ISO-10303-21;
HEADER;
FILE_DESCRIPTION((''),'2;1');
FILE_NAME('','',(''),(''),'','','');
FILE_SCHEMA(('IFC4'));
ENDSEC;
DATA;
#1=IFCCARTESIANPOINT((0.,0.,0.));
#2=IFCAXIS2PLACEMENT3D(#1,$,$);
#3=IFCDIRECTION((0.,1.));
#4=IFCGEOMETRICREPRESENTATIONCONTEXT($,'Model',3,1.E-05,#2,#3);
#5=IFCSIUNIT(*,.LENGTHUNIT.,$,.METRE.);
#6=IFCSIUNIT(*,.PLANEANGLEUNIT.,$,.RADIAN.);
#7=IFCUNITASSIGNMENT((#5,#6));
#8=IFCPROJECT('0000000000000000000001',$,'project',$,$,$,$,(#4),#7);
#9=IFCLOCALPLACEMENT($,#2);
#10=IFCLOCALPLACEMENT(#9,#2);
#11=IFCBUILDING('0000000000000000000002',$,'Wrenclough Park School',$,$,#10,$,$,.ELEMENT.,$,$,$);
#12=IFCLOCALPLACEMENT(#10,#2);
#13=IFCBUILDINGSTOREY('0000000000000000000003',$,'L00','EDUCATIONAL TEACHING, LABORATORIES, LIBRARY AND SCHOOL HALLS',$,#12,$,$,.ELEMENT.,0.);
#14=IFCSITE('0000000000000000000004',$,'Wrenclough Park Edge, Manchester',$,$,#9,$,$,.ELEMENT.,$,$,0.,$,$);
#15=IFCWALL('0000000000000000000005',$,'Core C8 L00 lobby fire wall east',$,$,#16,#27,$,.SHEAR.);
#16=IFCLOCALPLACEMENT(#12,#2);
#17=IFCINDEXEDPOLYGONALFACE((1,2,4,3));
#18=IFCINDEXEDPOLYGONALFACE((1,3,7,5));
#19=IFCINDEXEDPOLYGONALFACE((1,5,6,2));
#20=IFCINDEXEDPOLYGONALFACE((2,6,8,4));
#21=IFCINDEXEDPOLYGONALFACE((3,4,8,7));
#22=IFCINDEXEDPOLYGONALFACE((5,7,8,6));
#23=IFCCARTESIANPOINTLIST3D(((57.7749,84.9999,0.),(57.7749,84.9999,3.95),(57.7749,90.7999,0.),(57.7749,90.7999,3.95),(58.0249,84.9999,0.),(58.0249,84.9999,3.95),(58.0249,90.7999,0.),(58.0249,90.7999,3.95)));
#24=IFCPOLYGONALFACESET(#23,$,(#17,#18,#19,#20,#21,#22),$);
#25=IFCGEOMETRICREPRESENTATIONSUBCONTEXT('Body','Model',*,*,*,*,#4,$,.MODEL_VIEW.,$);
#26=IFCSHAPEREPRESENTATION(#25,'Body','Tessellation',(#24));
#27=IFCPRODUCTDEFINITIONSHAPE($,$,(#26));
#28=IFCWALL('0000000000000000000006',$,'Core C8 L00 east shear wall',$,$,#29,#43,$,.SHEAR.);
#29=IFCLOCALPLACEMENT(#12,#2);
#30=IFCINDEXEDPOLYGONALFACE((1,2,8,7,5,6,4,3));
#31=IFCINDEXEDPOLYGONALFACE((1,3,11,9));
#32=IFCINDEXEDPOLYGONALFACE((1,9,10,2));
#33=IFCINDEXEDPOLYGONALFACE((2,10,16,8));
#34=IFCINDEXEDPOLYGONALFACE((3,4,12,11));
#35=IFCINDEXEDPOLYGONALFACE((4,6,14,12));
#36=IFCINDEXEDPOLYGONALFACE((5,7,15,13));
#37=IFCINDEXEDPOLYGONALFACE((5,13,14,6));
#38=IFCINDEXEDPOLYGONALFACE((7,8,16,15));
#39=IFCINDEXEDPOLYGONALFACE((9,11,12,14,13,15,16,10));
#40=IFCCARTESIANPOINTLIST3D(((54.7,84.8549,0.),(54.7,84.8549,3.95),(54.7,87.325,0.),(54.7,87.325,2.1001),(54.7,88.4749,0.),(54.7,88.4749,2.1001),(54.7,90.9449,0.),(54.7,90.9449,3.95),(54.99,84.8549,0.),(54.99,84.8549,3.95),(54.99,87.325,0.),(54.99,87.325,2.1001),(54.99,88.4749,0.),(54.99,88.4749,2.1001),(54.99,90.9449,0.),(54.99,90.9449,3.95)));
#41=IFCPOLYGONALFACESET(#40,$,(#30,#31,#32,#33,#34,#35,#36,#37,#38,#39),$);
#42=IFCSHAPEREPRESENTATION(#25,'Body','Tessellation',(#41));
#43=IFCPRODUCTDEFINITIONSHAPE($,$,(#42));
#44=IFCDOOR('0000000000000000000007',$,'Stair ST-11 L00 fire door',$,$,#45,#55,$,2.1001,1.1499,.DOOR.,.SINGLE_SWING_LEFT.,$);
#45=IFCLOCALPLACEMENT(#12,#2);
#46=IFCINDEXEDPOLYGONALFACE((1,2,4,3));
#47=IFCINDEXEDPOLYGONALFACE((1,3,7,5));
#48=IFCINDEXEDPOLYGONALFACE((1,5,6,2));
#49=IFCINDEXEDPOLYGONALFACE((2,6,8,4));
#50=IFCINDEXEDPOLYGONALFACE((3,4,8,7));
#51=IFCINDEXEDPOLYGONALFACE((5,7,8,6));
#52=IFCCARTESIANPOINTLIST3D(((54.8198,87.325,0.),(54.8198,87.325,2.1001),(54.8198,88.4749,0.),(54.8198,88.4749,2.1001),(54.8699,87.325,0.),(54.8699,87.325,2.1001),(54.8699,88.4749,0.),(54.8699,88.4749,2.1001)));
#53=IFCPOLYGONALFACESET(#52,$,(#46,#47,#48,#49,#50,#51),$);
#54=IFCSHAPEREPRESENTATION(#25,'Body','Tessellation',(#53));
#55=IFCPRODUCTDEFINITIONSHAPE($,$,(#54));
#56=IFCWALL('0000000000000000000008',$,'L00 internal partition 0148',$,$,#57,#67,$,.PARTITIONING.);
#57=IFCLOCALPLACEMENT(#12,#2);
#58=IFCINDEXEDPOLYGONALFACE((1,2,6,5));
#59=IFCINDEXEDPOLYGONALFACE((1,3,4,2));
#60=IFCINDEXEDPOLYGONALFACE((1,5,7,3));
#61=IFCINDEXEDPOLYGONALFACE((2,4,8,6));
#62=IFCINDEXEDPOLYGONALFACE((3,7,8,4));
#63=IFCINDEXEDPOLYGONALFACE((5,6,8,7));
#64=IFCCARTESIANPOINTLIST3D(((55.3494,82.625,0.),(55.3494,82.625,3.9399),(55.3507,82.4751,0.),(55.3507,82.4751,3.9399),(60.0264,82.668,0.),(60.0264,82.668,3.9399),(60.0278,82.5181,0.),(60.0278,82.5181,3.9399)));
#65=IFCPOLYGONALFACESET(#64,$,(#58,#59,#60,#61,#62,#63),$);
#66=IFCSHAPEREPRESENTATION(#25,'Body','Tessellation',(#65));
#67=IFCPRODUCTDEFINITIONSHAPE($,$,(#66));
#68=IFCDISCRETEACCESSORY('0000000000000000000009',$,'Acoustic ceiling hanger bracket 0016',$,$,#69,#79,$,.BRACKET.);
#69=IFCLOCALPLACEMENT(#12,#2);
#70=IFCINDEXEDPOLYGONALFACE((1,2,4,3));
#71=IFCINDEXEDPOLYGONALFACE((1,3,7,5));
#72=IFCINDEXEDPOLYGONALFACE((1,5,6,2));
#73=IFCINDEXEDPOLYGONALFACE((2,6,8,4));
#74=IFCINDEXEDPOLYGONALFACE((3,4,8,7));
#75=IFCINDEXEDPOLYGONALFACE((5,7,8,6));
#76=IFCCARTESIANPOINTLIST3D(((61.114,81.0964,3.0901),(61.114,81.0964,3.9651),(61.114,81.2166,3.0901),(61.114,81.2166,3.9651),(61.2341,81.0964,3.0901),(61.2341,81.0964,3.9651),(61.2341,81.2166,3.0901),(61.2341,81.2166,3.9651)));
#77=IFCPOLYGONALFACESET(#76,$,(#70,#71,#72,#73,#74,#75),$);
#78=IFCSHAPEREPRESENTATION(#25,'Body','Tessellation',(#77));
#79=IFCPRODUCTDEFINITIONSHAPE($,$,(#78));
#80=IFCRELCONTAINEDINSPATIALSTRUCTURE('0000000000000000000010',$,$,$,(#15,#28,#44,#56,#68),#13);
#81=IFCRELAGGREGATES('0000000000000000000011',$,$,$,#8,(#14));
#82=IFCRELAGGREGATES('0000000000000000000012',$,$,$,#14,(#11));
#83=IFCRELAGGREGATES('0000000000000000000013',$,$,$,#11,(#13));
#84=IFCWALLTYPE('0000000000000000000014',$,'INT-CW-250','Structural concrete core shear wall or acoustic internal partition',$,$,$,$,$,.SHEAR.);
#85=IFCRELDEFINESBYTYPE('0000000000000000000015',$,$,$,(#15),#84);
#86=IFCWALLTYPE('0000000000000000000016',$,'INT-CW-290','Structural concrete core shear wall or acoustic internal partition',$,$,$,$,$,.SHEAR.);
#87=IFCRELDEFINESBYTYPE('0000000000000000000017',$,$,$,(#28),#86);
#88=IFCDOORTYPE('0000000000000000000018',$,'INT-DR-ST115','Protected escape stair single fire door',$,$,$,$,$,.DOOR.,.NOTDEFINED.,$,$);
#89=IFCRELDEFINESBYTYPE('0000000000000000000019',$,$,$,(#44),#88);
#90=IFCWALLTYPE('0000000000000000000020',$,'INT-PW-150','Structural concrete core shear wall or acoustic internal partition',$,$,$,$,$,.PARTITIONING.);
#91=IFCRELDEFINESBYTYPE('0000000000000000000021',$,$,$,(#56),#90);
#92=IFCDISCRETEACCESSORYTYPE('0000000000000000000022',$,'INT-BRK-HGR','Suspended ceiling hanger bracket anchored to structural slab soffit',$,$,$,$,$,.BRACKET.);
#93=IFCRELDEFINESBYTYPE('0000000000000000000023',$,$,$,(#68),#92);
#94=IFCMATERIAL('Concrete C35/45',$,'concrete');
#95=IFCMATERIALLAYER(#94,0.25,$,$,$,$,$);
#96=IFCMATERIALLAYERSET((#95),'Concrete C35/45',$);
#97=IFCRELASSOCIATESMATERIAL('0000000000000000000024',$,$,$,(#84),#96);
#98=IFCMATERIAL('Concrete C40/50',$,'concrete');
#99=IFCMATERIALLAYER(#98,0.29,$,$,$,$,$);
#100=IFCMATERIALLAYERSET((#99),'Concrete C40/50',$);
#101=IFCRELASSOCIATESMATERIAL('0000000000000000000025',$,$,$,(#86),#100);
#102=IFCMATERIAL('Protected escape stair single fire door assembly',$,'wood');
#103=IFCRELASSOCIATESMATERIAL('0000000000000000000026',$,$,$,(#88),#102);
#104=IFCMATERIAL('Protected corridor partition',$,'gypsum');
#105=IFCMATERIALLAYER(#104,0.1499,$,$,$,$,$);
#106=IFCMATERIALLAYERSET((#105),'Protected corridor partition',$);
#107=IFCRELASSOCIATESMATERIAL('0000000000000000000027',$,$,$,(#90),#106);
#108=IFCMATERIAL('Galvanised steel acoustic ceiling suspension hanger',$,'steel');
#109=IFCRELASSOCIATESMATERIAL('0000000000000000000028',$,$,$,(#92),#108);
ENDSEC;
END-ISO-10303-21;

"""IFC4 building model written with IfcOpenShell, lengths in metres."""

from ifc_helpers import new_model, si_unit, direction, frame, frame_2d, origin, origin_2d, place, context, subcontext, project, spatial, rectangle, extrude, material, layer, layer_set, type_object, element, fill, save


model = new_model("IFC4")

# Units and contexts
model_context = context("Model", 3, precision=1e-05, world=origin(), true_north=direction((0.0, 1.0)))
body_context = subcontext(model_context, "Body", "Model", "MODEL_VIEW")
ifc_project = project(units=[si_unit("LENGTHUNIT", "METRE"), si_unit("PLANEANGLEUNIT", "RADIAN")], contexts=[model_context])

# Site, building, storey
site_placement = place(None, origin())
site = spatial("IfcSite", under=ifc_project, at=site_placement, Name="Wrenclough Park Edge, Manchester", CompositionType="ELEMENT", RefElevation=0.0)
building_placement = place(site_placement, origin())
building = spatial("IfcBuilding", under=site, at=building_placement, Name="Wrenclough Park School", CompositionType="ELEMENT")
storey_placement = place(building_placement, origin())
storey = spatial("IfcBuildingStorey", under=building, at=storey_placement, Name="L00", Description="EDUCATIONAL TEACHING, LABORATORIES, LIBRARY AND SCHOOL HALLS", CompositionType="ELEMENT", Elevation=0.0)

# Shared definitions
ifc_material_1 = material(Name="Concrete C35/45", Category="concrete")

# Wall
ifc_layer_1 = layer(ifc_material_1, 0.25)
ifc_layer_set_1 = layer_set([ifc_layer_1], Name="Concrete C35/45")
wall_type_1 = type_object("IfcWallType", Name="INT-CW-250", Description="Structural concrete core shear wall or acoustic internal partition", PredefinedType="SHEAR", material=ifc_layer_set_1)
wall_1_placement = place(storey_placement, frame((57.8999, 85.0, 0.0), z_axis=(0.0, 0.0, 1.0), x_axis=(0.0, 1.0, 0.0)))
element("IfcWall", 1, at=wall_1_placement, inside=storey, type_object=wall_type_1, Name="Core C8 L00 lobby fire wall east", PredefinedType="SHEAR", context=body_context, shape_type="SweptSolid", body=[
    extrude(rectangle(XDim=5.8, YDim=0.25, at=frame_2d((2.8999, 0.0))), origin(), (0.0, 0.0, 1.0), 3.95),
])

# Wall, opening, door
ifc_material_2 = material(Name="Concrete C40/50", Category="concrete")
ifc_layer_2 = layer(ifc_material_2, 0.29)
ifc_layer_set_2 = layer_set([ifc_layer_2], Name="Concrete C40/50")
wall_type_2 = type_object("IfcWallType", Name="INT-CW-290", Description="Structural concrete core shear wall or acoustic internal partition", PredefinedType="SHEAR", material=ifc_layer_set_2)
wall_2_placement = place(storey_placement, frame((54.845, 84.855, 0.0), z_axis=(0.0, 0.0, 1.0), x_axis=(0.0, 1.0, 0.0)))
wall_2 = element("IfcWall", 2, at=wall_2_placement, inside=storey, type_object=wall_type_2, Name="Core C8 L00 east shear wall", PredefinedType="SHEAR", context=body_context, shape_type="SweptSolid", body=[
    extrude(rectangle(XDim=6.0901, YDim=0.29, at=frame_2d((3.0449, 0.0))), origin(), (0.0, 0.0, 1.0), 3.95),
])
opening_1_placement = place(wall_2_placement, frame((2.47, 0.0, 0.0)))
opening_1 = element("IfcOpeningElement", 3, at=opening_1_placement, cuts=wall_2, PredefinedType="OPENING", context=body_context, shape_type="SweptSolid", body=[
    extrude(rectangle(XDim=1.1499, YDim=2.1001, at=frame_2d((0.575, 1.05))), frame((0.0, 0.155, 0.0), z_axis=(0.0, -1.0, 0.0), x_axis=(1.0, 0.0, 0.0)), (0.0, 0.0, 1.0), 0.3101),
])
ifc_material_3 = material(Name="Protected escape stair single fire door assembly", Category="wood")
door_type = type_object("IfcDoorType", Name="INT-DR-ST115", Description="Protected escape stair single fire door", OperationType="NOTDEFINED", PredefinedType="DOOR", material=ifc_material_3)
door_placement = place(opening_1_placement, frame((1.1499, 0.0, 0.0), z_axis=(0.0, 0.0, 1.0), x_axis=(-1.0, 0.0, 0.0)))
door = element("IfcDoor", 4, at=door_placement, inside=storey, type_object=door_type, Name="Stair ST-11 L00 fire door", OperationType="SINGLE_SWING_LEFT", OverallHeight=2.1001, OverallWidth=1.1499, PredefinedType="DOOR", context=body_context, shape_type="SweptSolid", body=[
    extrude(rectangle(XDim=1.1499, YDim=2.1001, at=frame_2d((0.575, 1.05))), frame((0.0, 0.0249, 0.0), z_axis=(0.0, -1.0, 0.0), x_axis=(1.0, 0.0, 0.0)), (0.0, 0.0, 1.0), 0.05),
])
fill(opening_1, door)

# Wall
ifc_material_4 = material(Name="Protected corridor partition", Category="gypsum")
ifc_layer_3 = layer(ifc_material_4, 0.1499)
ifc_layer_set_3 = layer_set([ifc_layer_3], Name="Protected corridor partition")
wall_type_3 = type_object("IfcWallType", Name="INT-PW-150", Description="Structural concrete core shear wall or acoustic internal partition", PredefinedType="PARTITIONING", material=ifc_layer_set_3)
wall_3_placement = place(storey_placement, frame((60.0271, 82.593, 0.0), z_axis=(0.0, 0.0, 1.0), x_axis=(-0.999958, -0.009187, 0.0)))
element("IfcWall", 5, at=wall_3_placement, inside=storey, type_object=wall_type_3, Name="L00 internal partition 0148", PredefinedType="PARTITIONING", context=body_context, shape_type="SweptSolid", body=[
    extrude(rectangle(XDim=4.6772, YDim=0.1499, at=frame_2d((2.3386, 0.0))), origin(), (0.0, 0.0, 1.0), 3.9399),
])

# Discrete accessory
ifc_material_5 = material(Name="Galvanised steel acoustic ceiling suspension hanger", Category="steel")
discrete_accessory_type = type_object("IfcDiscreteAccessoryType", Name="INT-BRK-HGR", Description="Suspended ceiling hanger bracket anchored to structural slab soffit", PredefinedType="BRACKET", material=ifc_material_5)
discrete_accessory_placement = place(storey_placement, frame((61.1741, 81.1565, 3.0901), z_axis=(0.0, 0.0, 1.0), x_axis=(1.0, 0.0, 0.0)))
element("IfcDiscreteAccessory", 6, at=discrete_accessory_placement, inside=storey, type_object=discrete_accessory_type, Name="Acoustic ceiling hanger bracket 0016", PredefinedType="BRACKET", context=body_context, shape_type="SweptSolid", body=[
    extrude(rectangle(XDim=0.1201, YDim=0.1201, at=origin_2d()), origin(), (0.0, 0.0, 1.0), 0.875),
])

save(model, "model.ifc")
